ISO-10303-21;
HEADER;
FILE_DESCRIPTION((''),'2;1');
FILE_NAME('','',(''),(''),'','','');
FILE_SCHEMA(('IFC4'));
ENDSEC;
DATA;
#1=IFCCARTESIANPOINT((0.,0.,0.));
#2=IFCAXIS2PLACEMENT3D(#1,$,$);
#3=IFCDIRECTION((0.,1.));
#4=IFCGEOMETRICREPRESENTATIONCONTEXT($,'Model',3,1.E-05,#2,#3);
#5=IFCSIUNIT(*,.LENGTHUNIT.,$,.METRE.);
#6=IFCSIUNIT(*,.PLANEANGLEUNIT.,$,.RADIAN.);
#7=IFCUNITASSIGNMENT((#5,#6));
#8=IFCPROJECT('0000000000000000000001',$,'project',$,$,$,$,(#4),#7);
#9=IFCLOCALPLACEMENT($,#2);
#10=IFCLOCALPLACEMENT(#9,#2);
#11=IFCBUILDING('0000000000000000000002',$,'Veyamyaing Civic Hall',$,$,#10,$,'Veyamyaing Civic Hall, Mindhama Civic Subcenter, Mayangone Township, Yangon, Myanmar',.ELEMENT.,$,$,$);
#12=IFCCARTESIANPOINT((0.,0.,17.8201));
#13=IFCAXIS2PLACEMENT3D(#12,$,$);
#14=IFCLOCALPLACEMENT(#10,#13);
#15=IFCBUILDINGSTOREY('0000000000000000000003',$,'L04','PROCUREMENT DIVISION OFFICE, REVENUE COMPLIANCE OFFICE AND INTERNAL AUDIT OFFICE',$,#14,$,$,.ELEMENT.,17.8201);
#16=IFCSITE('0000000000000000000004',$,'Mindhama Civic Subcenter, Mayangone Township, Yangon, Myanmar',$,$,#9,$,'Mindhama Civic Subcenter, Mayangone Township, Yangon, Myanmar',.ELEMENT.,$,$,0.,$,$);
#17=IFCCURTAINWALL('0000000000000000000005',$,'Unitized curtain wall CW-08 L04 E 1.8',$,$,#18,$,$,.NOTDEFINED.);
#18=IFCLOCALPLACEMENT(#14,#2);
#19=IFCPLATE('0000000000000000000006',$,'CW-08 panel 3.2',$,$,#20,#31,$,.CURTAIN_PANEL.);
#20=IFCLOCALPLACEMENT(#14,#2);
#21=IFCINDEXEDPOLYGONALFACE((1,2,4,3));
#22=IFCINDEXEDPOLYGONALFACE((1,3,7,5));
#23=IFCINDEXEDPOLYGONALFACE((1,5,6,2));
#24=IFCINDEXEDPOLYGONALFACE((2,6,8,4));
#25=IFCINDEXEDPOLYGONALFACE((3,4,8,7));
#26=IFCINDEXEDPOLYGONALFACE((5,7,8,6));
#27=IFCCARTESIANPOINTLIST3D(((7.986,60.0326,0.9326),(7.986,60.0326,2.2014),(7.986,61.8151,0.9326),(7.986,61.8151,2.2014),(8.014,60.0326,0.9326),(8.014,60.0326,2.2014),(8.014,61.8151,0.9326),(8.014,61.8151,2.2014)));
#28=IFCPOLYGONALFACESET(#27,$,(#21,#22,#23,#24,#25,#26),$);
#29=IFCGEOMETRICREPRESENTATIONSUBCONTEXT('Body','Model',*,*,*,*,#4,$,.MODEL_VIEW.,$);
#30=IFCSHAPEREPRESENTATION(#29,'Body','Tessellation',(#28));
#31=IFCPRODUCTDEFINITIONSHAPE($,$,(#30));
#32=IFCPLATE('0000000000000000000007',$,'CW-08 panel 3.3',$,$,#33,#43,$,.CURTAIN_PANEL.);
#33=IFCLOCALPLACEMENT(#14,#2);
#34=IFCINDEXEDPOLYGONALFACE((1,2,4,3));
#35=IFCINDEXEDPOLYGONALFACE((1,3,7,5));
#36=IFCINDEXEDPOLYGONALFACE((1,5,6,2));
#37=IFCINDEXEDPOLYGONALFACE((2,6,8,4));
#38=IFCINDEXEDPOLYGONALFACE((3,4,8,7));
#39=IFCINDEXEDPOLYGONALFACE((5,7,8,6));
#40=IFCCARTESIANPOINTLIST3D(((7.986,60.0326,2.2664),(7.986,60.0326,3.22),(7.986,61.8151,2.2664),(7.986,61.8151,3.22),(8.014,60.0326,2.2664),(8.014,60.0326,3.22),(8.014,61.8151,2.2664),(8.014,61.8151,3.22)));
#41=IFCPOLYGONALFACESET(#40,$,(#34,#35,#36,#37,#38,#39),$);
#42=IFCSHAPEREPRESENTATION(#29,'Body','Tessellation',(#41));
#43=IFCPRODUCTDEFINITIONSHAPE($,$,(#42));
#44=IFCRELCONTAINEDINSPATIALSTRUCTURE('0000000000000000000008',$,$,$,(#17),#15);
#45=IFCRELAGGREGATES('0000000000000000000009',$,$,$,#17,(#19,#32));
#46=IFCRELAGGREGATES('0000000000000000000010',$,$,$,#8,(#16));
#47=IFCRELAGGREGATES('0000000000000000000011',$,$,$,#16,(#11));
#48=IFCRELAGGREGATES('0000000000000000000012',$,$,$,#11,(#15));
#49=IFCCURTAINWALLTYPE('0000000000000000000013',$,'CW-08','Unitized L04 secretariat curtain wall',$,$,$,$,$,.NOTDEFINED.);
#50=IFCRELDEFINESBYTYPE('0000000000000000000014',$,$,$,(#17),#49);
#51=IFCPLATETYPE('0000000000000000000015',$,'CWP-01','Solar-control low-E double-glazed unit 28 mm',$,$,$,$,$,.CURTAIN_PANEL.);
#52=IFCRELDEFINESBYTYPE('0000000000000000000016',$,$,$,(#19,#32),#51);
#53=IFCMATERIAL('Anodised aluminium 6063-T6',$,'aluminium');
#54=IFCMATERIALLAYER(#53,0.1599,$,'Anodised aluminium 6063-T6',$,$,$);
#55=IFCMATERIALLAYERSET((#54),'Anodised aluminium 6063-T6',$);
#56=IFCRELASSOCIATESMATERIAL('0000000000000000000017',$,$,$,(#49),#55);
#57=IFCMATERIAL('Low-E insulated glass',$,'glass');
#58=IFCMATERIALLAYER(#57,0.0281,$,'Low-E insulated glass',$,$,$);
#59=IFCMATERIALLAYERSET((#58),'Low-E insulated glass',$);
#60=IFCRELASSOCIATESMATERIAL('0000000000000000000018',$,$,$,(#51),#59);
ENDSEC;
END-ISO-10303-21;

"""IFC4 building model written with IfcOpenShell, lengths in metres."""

from ifc_helpers import new_model, si_unit, direction, frame, origin, origin_2d, place, context, subcontext, project, spatial, rectangle, extrude, material, layer, layer_set, type_object, element, aggregate, save


model = new_model("IFC4")

# Units and contexts
model_context = context("Model", 3, precision=1e-05, world=origin(), true_north=direction((0.0, 1.0)))
body_context = subcontext(model_context, "Body", "Model", "MODEL_VIEW")
ifc_project = project(units=[si_unit("LENGTHUNIT", "METRE"), si_unit("PLANEANGLEUNIT", "RADIAN")], contexts=[model_context])

# Site, building, storey
site_placement = place(None, origin())
site = spatial("IfcSite", under=ifc_project, at=site_placement, Name="Mindhama Civic Subcenter, Mayangone Township, Yangon, Myanmar", LongName="Mindhama Civic Subcenter, Mayangone Township, Yangon, Myanmar", CompositionType="ELEMENT", RefElevation=0.0)
building_placement = place(site_placement, origin())
building = spatial("IfcBuilding", under=site, at=building_placement, Name="Veyamyaing Civic Hall", LongName="Veyamyaing Civic Hall, Mindhama Civic Subcenter, Mayangone Township, Yangon, Myanmar", CompositionType="ELEMENT")
storey_placement = place(building_placement, frame((0.0, 0.0, 17.8201)))
storey = spatial("IfcBuildingStorey", under=building, at=storey_placement, Name="L04", Description="PROCUREMENT DIVISION OFFICE, REVENUE COMPLIANCE OFFICE AND INTERNAL AUDIT OFFICE", CompositionType="ELEMENT", Elevation=17.8201)

# Curtain wall, plates
ifc_material_1 = material(Name="Anodised aluminium 6063-T6", Category="aluminium")
ifc_layer_1 = layer(ifc_material_1, 0.1599, Name="Anodised aluminium 6063-T6")
ifc_layer_set_1 = layer_set([ifc_layer_1], Name="Anodised aluminium 6063-T6")
curtain_wall_type = type_object("IfcCurtainWallType", Name="CW-08", Description="Unitized L04 secretariat curtain wall", PredefinedType="NOTDEFINED", material=ifc_layer_set_1)
curtain_wall_placement = place(storey_placement, origin())
curtain_wall = element("IfcCurtainWall", 1, at=curtain_wall_placement, inside=storey, type_object=curtain_wall_type, Name="Unitized curtain wall CW-08 L04 E 1.8", PredefinedType="NOTDEFINED")
ifc_material_2 = material(Name="Low-E insulated glass", Category="glass")
ifc_layer_2 = layer(ifc_material_2, 0.0281, Name="Low-E insulated glass")
ifc_layer_set_2 = layer_set([ifc_layer_2], Name="Low-E insulated glass")
plate_type = type_object("IfcPlateType", Name="CWP-01", Description="Solar-control low-E double-glazed unit 28 mm", PredefinedType="CURTAIN_PANEL", material=ifc_layer_set_2)
plate_1_placement = place(storey_placement, frame((8.0, 60.9238, 0.9326), z_axis=(0.0, 0.0, 1.0), x_axis=(0.0, 1.0, 0.0)))
plate_1 = element("IfcPlate", 2, at=plate_1_placement, type_object=plate_type, Name="CW-08 panel 3.2", PredefinedType="CURTAIN_PANEL", context=body_context, shape_type="SweptSolid", body=[
    extrude(rectangle(XDim=1.7825, YDim=0.0281, at=origin_2d()), origin(), (0.0, 0.0, 1.0), 1.2688),
])
plate_2_placement = place(storey_placement, frame((8.0, 60.9238, 2.2664), z_axis=(0.0, 0.0, 1.0), x_axis=(0.0, 1.0, 0.0)))
plate_2 = element("IfcPlate", 3, at=plate_2_placement, type_object=plate_type, Name="CW-08 panel 3.3", PredefinedType="CURTAIN_PANEL", context=body_context, shape_type="SweptSolid", body=[
    extrude(rectangle(XDim=1.7825, YDim=0.0281, at=origin_2d()), origin(), (0.0, 0.0, 1.0), 0.9536),
])
aggregate(curtain_wall, [plate_1, plate_2])

save(model, "model.ifc")
